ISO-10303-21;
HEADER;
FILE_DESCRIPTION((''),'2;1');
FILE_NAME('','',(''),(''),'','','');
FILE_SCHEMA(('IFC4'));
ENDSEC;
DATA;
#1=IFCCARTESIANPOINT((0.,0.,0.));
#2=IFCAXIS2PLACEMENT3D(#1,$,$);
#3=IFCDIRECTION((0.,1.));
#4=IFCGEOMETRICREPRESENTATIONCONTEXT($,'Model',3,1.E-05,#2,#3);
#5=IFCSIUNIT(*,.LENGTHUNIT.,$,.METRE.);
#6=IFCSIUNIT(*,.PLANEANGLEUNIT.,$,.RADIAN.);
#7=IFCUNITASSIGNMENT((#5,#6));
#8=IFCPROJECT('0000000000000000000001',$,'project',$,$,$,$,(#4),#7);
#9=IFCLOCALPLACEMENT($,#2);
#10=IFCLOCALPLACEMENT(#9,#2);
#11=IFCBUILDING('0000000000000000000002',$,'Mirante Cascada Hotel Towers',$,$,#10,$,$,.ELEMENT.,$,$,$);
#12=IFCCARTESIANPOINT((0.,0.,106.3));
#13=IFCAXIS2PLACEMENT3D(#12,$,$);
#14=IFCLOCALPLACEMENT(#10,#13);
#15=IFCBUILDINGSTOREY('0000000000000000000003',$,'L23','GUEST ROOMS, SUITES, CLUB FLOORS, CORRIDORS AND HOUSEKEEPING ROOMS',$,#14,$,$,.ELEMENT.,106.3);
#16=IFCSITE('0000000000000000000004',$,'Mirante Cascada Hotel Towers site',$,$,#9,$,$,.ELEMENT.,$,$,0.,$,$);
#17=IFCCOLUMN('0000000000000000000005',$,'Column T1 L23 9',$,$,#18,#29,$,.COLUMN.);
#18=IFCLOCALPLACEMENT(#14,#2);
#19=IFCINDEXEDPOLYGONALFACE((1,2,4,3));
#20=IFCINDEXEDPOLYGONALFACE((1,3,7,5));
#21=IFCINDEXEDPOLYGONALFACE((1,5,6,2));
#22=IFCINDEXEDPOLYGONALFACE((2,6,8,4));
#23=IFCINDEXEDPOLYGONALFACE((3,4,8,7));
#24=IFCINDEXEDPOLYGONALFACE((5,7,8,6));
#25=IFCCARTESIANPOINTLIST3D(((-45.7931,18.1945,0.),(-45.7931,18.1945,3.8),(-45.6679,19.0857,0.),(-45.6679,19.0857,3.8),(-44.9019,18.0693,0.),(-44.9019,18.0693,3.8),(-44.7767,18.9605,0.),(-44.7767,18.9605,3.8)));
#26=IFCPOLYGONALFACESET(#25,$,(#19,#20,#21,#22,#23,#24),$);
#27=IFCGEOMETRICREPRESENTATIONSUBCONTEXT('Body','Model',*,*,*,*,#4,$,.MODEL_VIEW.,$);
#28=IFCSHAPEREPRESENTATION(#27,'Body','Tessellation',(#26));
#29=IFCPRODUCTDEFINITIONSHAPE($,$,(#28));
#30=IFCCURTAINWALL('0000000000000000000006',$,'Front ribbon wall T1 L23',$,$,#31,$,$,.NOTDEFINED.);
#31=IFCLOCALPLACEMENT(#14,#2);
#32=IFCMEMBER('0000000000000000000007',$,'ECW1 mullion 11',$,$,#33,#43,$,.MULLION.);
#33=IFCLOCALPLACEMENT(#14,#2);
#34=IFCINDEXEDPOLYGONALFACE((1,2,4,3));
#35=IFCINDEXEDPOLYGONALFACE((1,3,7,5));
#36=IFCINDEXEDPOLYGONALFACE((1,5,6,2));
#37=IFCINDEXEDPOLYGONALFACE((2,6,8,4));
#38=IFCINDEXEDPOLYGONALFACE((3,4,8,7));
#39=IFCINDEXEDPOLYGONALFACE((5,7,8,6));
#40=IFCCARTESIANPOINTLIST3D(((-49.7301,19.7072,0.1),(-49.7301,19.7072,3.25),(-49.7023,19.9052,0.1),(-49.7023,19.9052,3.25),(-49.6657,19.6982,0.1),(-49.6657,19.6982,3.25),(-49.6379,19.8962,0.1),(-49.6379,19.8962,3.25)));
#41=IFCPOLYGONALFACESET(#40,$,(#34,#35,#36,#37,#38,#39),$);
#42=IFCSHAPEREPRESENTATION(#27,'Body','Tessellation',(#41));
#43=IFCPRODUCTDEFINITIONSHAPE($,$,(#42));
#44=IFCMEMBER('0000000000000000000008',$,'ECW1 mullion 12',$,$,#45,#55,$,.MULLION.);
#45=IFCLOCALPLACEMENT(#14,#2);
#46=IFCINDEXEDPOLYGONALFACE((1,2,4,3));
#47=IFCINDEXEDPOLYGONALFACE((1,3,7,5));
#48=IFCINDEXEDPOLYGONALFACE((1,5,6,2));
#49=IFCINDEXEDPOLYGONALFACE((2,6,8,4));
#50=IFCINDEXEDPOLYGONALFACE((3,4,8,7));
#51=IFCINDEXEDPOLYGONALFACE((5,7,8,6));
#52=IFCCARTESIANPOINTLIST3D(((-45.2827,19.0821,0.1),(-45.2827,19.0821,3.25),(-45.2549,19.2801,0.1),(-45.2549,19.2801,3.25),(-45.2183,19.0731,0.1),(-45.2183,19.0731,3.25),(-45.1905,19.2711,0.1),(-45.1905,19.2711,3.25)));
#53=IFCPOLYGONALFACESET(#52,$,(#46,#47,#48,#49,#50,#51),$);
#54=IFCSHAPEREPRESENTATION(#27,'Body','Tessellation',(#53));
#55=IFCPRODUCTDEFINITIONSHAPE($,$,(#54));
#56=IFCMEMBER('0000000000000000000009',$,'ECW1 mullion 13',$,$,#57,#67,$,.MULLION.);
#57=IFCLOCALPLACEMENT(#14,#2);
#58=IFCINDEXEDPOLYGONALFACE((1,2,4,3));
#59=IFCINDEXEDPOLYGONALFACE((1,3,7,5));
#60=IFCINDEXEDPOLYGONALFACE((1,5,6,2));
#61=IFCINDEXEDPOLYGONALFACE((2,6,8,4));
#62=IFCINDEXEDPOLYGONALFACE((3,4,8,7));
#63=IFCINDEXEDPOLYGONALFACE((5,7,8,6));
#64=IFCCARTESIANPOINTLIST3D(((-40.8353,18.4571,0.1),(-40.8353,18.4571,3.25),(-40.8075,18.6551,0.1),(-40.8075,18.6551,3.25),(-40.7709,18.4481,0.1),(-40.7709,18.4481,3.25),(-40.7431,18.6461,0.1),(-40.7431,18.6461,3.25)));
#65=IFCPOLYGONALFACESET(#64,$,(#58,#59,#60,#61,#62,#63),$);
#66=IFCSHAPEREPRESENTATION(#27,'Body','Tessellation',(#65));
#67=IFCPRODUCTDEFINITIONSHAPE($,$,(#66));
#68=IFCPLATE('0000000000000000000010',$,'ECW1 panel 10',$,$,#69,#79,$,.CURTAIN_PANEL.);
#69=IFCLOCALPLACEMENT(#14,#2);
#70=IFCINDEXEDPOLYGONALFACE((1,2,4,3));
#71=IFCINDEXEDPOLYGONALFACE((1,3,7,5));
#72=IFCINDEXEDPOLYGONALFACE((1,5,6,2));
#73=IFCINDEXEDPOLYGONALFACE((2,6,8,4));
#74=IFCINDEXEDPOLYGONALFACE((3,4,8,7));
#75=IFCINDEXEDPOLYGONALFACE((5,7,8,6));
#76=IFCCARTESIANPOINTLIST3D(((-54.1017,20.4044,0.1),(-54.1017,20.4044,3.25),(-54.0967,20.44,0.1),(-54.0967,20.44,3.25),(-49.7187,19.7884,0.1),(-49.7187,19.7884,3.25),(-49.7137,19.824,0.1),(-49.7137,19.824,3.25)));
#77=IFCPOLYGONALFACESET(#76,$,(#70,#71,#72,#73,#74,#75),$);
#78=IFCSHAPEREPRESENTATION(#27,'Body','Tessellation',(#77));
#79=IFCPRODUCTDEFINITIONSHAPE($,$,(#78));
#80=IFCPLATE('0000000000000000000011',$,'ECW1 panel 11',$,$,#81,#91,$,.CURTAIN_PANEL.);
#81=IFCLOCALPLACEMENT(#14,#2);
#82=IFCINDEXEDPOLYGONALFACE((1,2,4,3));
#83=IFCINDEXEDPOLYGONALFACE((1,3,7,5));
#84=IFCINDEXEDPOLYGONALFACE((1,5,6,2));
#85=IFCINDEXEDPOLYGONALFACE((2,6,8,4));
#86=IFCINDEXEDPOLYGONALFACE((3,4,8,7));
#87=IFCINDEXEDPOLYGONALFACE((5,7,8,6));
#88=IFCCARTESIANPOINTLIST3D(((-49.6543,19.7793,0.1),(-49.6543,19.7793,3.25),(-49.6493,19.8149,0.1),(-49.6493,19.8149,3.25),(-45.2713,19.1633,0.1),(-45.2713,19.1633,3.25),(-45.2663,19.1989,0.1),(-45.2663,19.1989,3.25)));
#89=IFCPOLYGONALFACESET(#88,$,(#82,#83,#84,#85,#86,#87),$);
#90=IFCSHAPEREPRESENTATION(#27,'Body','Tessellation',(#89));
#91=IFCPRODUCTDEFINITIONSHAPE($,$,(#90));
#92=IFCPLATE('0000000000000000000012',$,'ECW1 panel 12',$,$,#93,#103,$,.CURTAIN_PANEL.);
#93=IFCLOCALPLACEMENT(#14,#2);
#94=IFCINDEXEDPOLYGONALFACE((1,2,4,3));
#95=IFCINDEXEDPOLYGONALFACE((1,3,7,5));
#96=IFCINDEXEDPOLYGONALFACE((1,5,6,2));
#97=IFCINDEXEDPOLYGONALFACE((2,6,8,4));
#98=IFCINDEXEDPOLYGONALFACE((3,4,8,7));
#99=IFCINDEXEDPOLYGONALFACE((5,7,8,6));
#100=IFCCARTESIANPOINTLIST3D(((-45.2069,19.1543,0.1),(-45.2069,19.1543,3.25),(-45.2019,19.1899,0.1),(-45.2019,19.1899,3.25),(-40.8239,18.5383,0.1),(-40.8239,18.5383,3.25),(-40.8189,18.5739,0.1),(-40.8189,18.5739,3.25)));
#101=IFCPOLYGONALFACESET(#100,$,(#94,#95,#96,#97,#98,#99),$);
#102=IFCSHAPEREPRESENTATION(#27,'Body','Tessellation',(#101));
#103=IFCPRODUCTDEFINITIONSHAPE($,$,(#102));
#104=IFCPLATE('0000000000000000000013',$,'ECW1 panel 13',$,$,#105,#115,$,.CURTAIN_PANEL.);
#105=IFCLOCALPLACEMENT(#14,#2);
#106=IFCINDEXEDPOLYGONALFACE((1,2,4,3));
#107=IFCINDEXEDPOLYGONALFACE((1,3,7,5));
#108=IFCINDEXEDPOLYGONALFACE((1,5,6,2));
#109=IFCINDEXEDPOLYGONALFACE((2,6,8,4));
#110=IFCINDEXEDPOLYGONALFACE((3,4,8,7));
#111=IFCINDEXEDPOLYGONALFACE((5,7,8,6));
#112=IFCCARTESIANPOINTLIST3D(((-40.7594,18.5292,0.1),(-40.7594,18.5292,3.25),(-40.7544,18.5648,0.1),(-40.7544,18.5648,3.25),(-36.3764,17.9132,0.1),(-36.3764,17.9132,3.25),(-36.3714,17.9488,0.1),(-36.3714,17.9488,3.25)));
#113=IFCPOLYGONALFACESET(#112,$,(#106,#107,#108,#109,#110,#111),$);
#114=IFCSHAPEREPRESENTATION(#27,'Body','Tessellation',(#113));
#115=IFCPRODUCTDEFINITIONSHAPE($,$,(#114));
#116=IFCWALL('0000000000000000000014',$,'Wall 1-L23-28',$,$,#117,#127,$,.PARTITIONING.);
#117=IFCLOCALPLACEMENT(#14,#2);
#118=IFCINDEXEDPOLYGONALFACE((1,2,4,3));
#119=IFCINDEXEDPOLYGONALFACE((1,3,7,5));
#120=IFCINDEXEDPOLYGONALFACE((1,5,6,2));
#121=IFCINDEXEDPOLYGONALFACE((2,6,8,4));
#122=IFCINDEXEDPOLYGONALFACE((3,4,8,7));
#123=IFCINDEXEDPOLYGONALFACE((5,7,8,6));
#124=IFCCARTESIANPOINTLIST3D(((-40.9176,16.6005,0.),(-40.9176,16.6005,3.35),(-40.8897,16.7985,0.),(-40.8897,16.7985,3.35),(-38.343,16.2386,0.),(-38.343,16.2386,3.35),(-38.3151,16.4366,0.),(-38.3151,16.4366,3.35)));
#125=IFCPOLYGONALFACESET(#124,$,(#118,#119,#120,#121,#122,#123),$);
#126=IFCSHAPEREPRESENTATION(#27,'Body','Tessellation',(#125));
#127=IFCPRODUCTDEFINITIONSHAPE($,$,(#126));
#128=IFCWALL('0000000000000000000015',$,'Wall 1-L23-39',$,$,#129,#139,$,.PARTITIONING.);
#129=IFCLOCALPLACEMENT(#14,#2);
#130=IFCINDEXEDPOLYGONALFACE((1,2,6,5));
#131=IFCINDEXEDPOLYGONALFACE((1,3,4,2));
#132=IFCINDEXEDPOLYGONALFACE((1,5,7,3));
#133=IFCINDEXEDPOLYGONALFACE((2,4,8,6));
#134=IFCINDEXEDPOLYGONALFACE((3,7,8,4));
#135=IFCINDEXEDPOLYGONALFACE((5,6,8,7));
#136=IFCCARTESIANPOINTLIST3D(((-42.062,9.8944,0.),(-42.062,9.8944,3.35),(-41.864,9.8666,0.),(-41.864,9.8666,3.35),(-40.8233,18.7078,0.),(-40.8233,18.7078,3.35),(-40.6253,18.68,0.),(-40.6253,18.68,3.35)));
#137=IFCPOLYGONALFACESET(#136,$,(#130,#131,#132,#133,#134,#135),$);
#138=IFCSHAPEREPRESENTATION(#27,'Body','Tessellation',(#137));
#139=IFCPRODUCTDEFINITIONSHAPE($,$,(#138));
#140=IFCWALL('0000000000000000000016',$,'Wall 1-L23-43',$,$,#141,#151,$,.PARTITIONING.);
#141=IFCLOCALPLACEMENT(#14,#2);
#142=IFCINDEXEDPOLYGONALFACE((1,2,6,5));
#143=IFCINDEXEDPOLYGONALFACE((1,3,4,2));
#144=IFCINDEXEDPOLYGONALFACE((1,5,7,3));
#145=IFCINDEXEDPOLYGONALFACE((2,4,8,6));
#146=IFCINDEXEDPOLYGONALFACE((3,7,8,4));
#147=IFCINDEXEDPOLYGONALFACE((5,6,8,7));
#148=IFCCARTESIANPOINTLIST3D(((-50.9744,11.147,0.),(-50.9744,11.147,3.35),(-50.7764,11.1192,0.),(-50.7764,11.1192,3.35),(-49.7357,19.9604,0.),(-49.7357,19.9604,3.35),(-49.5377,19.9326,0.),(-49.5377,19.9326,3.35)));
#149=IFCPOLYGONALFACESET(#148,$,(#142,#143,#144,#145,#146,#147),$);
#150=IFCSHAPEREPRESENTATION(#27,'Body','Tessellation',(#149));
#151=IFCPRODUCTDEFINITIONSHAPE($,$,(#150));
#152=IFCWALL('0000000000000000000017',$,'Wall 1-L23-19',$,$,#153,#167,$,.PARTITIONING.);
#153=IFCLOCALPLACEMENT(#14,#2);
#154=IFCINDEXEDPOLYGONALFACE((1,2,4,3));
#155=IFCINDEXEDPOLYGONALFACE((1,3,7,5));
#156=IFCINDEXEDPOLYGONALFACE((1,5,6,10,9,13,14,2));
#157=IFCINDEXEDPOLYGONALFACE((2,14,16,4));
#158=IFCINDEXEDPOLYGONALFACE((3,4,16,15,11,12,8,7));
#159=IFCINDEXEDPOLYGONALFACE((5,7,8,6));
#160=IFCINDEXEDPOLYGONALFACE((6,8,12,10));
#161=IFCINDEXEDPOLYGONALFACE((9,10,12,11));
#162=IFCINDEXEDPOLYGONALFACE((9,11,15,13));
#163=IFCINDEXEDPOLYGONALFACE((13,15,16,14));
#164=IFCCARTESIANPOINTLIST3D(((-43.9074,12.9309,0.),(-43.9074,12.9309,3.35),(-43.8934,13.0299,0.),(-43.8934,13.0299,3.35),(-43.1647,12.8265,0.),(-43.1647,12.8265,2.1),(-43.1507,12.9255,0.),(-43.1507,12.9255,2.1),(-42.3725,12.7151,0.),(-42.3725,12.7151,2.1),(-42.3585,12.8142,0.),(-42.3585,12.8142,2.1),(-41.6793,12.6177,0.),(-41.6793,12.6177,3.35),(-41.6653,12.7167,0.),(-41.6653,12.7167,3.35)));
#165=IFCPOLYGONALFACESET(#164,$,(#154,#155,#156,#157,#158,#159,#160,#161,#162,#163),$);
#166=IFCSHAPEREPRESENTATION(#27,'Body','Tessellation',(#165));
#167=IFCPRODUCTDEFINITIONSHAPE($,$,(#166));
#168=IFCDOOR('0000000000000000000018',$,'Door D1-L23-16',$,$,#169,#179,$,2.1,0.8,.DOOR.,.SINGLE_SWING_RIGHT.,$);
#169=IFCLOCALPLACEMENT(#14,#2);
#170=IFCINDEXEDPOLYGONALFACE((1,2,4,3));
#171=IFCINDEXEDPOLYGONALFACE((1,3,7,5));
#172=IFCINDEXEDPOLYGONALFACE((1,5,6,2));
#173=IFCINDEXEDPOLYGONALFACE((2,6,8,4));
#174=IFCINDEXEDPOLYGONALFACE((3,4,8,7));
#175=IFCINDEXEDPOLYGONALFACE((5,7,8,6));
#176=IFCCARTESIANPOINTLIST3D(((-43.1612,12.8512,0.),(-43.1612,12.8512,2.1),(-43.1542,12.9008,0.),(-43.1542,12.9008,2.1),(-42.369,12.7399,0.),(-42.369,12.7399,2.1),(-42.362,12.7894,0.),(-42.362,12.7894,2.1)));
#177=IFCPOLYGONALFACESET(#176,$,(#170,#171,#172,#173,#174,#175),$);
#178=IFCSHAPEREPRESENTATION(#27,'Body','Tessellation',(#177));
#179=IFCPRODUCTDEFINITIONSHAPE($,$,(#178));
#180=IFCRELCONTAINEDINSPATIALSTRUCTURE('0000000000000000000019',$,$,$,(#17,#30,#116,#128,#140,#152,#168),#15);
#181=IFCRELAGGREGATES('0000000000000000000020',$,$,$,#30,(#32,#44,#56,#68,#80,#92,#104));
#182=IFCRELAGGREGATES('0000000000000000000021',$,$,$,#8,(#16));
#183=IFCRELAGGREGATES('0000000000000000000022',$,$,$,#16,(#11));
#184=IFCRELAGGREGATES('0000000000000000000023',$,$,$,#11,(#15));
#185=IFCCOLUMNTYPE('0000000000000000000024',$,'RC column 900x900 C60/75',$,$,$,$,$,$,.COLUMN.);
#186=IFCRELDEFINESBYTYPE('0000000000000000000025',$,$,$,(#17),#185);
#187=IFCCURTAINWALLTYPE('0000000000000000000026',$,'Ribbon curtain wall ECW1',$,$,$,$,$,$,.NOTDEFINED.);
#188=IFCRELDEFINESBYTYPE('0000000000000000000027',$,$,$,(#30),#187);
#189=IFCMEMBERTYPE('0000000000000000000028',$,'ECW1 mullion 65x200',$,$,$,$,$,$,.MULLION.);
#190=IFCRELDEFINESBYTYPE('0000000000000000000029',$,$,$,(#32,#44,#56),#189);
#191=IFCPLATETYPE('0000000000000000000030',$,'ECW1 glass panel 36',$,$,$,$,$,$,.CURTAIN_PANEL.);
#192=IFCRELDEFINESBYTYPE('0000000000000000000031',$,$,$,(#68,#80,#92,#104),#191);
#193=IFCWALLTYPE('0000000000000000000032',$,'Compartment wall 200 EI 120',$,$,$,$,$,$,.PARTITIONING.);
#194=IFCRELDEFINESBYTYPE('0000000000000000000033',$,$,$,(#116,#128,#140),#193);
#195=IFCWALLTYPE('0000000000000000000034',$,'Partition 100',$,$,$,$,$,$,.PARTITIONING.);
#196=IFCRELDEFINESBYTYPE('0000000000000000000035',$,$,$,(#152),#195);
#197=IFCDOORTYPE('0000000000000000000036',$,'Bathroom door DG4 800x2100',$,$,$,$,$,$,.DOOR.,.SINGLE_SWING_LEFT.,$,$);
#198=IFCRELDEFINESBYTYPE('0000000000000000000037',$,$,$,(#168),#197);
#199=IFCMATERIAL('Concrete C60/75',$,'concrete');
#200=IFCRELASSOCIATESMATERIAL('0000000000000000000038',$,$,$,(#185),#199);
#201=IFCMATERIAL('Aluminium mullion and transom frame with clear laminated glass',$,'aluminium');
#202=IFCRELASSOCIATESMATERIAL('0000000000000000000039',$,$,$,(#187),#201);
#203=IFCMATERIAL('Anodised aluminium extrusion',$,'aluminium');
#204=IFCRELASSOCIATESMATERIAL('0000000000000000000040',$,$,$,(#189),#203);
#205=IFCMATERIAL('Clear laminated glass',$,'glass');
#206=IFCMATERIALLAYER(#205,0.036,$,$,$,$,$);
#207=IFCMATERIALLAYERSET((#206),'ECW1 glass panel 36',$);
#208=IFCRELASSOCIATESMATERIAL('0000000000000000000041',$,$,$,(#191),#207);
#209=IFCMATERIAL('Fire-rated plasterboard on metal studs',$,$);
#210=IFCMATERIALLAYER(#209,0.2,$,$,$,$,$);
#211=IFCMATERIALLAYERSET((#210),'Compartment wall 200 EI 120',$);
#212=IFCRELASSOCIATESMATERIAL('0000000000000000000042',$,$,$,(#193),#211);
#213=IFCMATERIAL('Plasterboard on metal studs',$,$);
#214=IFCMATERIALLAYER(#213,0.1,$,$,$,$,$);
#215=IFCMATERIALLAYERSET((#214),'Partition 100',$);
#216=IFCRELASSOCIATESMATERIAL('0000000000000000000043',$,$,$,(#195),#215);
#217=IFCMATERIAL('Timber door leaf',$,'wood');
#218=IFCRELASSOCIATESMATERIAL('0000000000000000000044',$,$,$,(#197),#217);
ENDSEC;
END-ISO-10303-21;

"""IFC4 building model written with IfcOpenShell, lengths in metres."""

from ifc_helpers import new_model, si_unit, direction, frame, frame_2d, origin, origin_2d, place, context, subcontext, project, spatial, rectangle, extrude, material, layer, layer_set, material_profile, profile_set, type_object, element, fill, aggregate, save


model = new_model("IFC4")

# Units and contexts
model_context = context("Model", 3, precision=1e-05, world=origin(), true_north=direction((0.0, 1.0)))
body_context = subcontext(model_context, "Body", "Model", "MODEL_VIEW")
ifc_project = project(units=[si_unit("LENGTHUNIT", "METRE"), si_unit("PLANEANGLEUNIT", "RADIAN")], contexts=[model_context])

# Site, building, storey
site_placement = place(None, origin())
site = spatial("IfcSite", under=ifc_project, at=site_placement, Name="Mirante Cascada Hotel Towers site", CompositionType="ELEMENT", RefElevation=0.0)
building_placement = place(site_placement, origin())
building = spatial("IfcBuilding", under=site, at=building_placement, Name="Mirante Cascada Hotel Towers", CompositionType="ELEMENT")
storey_placement = place(building_placement, frame((0.0, 0.0, 106.3)))
storey = spatial("IfcBuildingStorey", under=building, at=storey_placement, Name="L23", Description="GUEST ROOMS, SUITES, CLUB FLOORS, CORRIDORS AND HOUSEKEEPING ROOMS", CompositionType="ELEMENT", Elevation=106.3)

# Column
ifc_material_1 = material(Name="Concrete C60/75", Category="concrete")
ifc_material_profile_1 = material_profile(ifc_material_1, rectangle(XDim=0.9, YDim=0.9, at=origin_2d()), Name="RC column 900x900 C60/75")
ifc_profile_set_1 = profile_set([ifc_material_profile_1], Name="Concrete C60/75")
column_type = type_object("IfcColumnType", Name="RC column 900x900 C60/75", PredefinedType="COLUMN", material=ifc_profile_set_1)
column_placement = place(storey_placement, frame((-45.2849, 18.5775, 0.0), z_axis=(0.0, 0.0, 1.0), x_axis=(-0.990268, 0.139173, 0.0)))
element("IfcColumn", 1, at=column_placement, inside=storey, type_object=column_type, Name="Column T1 L23 9", PredefinedType="COLUMN", context=body_context, shape_type="SweptSolid", body=[
    extrude(rectangle(XDim=0.9, YDim=0.9, at=origin_2d()), origin(), (0.0, 0.0, 1.0), 3.8),
])

# Curtain wall, members, plates
ifc_material_2 = material(Name="Aluminium mullion and transom frame with clear laminated glass", Category="aluminium")
curtain_wall_type = type_object("IfcCurtainWallType", Name="Ribbon curtain wall ECW1", PredefinedType="NOTDEFINED", material=ifc_material_2)
curtain_wall_placement = place(storey_placement, origin())
curtain_wall = element("IfcCurtainWall", 2, at=curtain_wall_placement, inside=storey, type_object=curtain_wall_type, Name="Front ribbon wall T1 L23", PredefinedType="NOTDEFINED")
ifc_material_3 = material(Name="Anodised aluminium extrusion", Category="aluminium")
ifc_material_profile_2 = material_profile(ifc_material_3, rectangle(XDim=0.2, YDim=0.065, at=origin_2d()), Name="ECW1 MULLION 65x200")
ifc_profile_set_2 = profile_set([ifc_material_profile_2], Name="Anodised aluminium extrusion")
member_type = type_object("IfcMemberType", Name="ECW1 mullion 65x200", PredefinedType="MULLION", material=ifc_profile_set_2)
member_1_placement = place(storey_placement, frame((-49.684, 19.8017, 0.1), z_axis=(0.0, 0.0, 1.0), x_axis=(0.139173, 0.990268, 0.0)))
member_1 = element("IfcMember", 3, at=member_1_placement, type_object=member_type, Name="ECW1 mullion 11", PredefinedType="MULLION", context=body_context, shape_type="SweptSolid", body=[
    extrude(rectangle(XDim=0.2, YDim=0.065, at=origin_2d()), origin(), (0.0, 0.0, 1.0), 3.15),
])
member_2_placement = place(storey_placement, frame((-45.2366, 19.1766, 0.1), z_axis=(0.0, 0.0, 1.0), x_axis=(0.139173, 0.990268, 0.0)))
member_2 = element("IfcMember", 4, at=member_2_placement, type_object=member_type, Name="ECW1 mullion 12", PredefinedType="MULLION", context=body_context, shape_type="SweptSolid", body=[
    extrude(rectangle(XDim=0.2, YDim=0.065, at=origin_2d()), origin(), (0.0, 0.0, 1.0), 3.15),
])
member_3_placement = place(storey_placement, frame((-40.7892, 18.5516, 0.1), z_axis=(0.0, 0.0, 1.0), x_axis=(0.139173, 0.990268, 0.0)))
member_3 = element("IfcMember", 5, at=member_3_placement, type_object=member_type, Name="ECW1 mullion 13", PredefinedType="MULLION", context=body_context, shape_type="SweptSolid", body=[
    extrude(rectangle(XDim=0.2, YDim=0.065, at=origin_2d()), origin(), (0.0, 0.0, 1.0), 3.15),
])
ifc_material_4 = material(Name="Clear laminated glass", Category="glass")
ifc_layer_1 = layer(ifc_material_4, 0.036)
ifc_layer_set_1 = layer_set([ifc_layer_1], Name="ECW1 glass panel 36")
plate_type = type_object("IfcPlateType", Name="ECW1 glass panel 36", PredefinedType="CURTAIN_PANEL", material=ifc_layer_set_1)
plate_1_placement = place(storey_placement, frame((-51.9077, 20.1142, 0.1), z_axis=(0.0, 0.0, 1.0), x_axis=(0.990268, -0.139173, 0.0)))
plate_1 = element("IfcPlate", 6, at=plate_1_placement, type_object=plate_type, Name="ECW1 panel 10", PredefinedType="CURTAIN_PANEL", context=body_context, shape_type="SweptSolid", body=[
    extrude(rectangle(XDim=4.4261, YDim=0.036, at=origin_2d()), origin(), (0.0, 0.0, 1.0), 3.15),
])
plate_2_placement = place(storey_placement, frame((-47.4603, 19.4891, 0.1), z_axis=(0.0, 0.0, 1.0), x_axis=(0.990268, -0.139173, 0.0)))
plate_2 = element("IfcPlate", 7, at=plate_2_placement, type_object=plate_type, Name="ECW1 panel 11", PredefinedType="CURTAIN_PANEL", context=body_context, shape_type="SweptSolid", body=[
    extrude(rectangle(XDim=4.4261, YDim=0.036, at=origin_2d()), origin(), (0.0, 0.0, 1.0), 3.15),
])
plate_3_placement = place(storey_placement, frame((-43.0129, 18.8641, 0.1), z_axis=(0.0, 0.0, 1.0), x_axis=(0.990268, -0.139173, 0.0)))
plate_3 = element("IfcPlate", 8, at=plate_3_placement, type_object=plate_type, Name="ECW1 panel 12", PredefinedType="CURTAIN_PANEL", context=body_context, shape_type="SweptSolid", body=[
    extrude(rectangle(XDim=4.4261, YDim=0.036, at=origin_2d()), origin(), (0.0, 0.0, 1.0), 3.15),
])
plate_4_placement = place(storey_placement, frame((-38.5654, 18.239, 0.1), z_axis=(0.0, 0.0, 1.0), x_axis=(0.990268, -0.139173, 0.0)))
plate_4 = element("IfcPlate", 9, at=plate_4_placement, type_object=plate_type, Name="ECW1 panel 13", PredefinedType="CURTAIN_PANEL", context=body_context, shape_type="SweptSolid", body=[
    extrude(rectangle(XDim=4.4261, YDim=0.036, at=origin_2d()), origin(), (0.0, 0.0, 1.0), 3.15),
])
aggregate(curtain_wall, [member_1, member_2, member_3, plate_1, plate_2, plate_3, plate_4])

# Walls
ifc_material_5 = material(Name="Fire-rated plasterboard on metal studs")
ifc_layer_2 = layer(ifc_material_5, 0.2)
ifc_layer_set_2 = layer_set([ifc_layer_2], Name="Compartment wall 200 EI 120")
wall_type_1 = type_object("IfcWallType", Name="Compartment wall 200 EI 120", PredefinedType="PARTITIONING", material=ifc_layer_set_2)
wall_1_placement = place(storey_placement, frame((-38.329, 16.3376, 0.0), z_axis=(0.0, 0.0, 1.0), x_axis=(-0.990265, 0.139197, 0.0)))
element("IfcWall", 10, at=wall_1_placement, inside=storey, type_object=wall_type_1, Name="Wall 1-L23-28", PredefinedType="PARTITIONING", context=body_context, shape_type="SweptSolid", body=[
    extrude(rectangle(XDim=2.5999, YDim=0.2, at=frame_2d((1.3, 0.0))), origin(), (0.0, 0.0, 1.0), 3.35),
])
for number, where, z_axis, x_axis, name in (
    (11, (-40.7243, 18.6939, 0.0), (0.0, 0.0, 1.0), (-0.139179, -0.990267, 0.0), "Wall 1-L23-39"),
    (12, (-49.6367, 19.9465, 0.0), (0.0, 0.0, 1.0), (-0.139179, -0.990267, 0.0), "Wall 1-L23-43"),
):
    element("IfcWall", number, at=place(storey_placement, frame(where, z_axis=z_axis, x_axis=x_axis)), inside=storey, type_object=wall_type_1, Name=name, PredefinedType="PARTITIONING", context=body_context, shape_type="SweptSolid", body=[
        extrude(rectangle(XDim=8.9, YDim=0.2, at=frame_2d((4.45, 0.0))), origin(), (0.0, 0.0, 1.0), 3.35),
    ])

# Wall, opening, door
ifc_material_6 = material(Name="Plasterboard on metal studs")
ifc_layer_3 = layer(ifc_material_6, 0.1)
ifc_layer_set_3 = layer_set([ifc_layer_3], Name="Partition 100")
wall_type_2 = type_object("IfcWallType", Name="Partition 100", PredefinedType="PARTITIONING", material=ifc_layer_set_3)
wall_2_placement = place(storey_placement, frame((-43.9004, 12.9804, 0.0), z_axis=(0.0, 0.0, 1.0), x_axis=(0.990264, -0.1392, 0.0)))
wall_2 = element("IfcWall", 13, at=wall_2_placement, inside=storey, type_object=wall_type_2, Name="Wall 1-L23-19", PredefinedType="PARTITIONING", context=body_context, shape_type="SweptSolid", body=[
    extrude(rectangle(XDim=2.25, YDim=0.1, at=frame_2d((1.125, 0.0))), origin(), (0.0, 0.0, 1.0), 3.35),
])
opening_1_placement = place(wall_2_placement, frame((0.75, 0.0, 0.0)))
opening_1 = element("IfcOpeningElement", 14, at=opening_1_placement, cuts=wall_2, PredefinedType="OPENING", context=body_context, shape_type="SweptSolid", body=[
    extrude(rectangle(XDim=0.8, YDim=2.1, at=frame_2d((0.4, 1.05))), frame((0.0, 0.05, 0.0), z_axis=(0.0, -1.0, 0.0), x_axis=(1.0, 0.0, 0.0)), (0.0, 0.0, 1.0), 0.1),
])
ifc_material_7 = material(Name="Timber door leaf", Category="wood")
door_type = type_object("IfcDoorType", Name="Bathroom door DG4 800x2100", OperationType="SINGLE_SWING_LEFT", PredefinedType="DOOR", material=ifc_material_7)
door_1_placement = place(opening_1_placement, frame((0.8, 0.0, 0.0), z_axis=(0.0, 0.0, 1.0), x_axis=(-1.0, 0.0, 0.0)))
door_1 = element("IfcDoor", 15, at=door_1_placement, inside=storey, type_object=door_type, Name="Door D1-L23-16", OperationType="SINGLE_SWING_RIGHT", OverallHeight=2.1, OverallWidth=0.8, PredefinedType="DOOR", context=body_context, shape_type="SweptSolid", body=[
    extrude(rectangle(XDim=0.8, YDim=2.1, at=frame_2d((0.4, 1.05))), frame((0.0, 0.025, 0.0), z_axis=(0.0, -1.0, 0.0), x_axis=(1.0, 0.0, 0.0)), (0.0, 0.0, 1.0), 0.05),
])
fill(opening_1, door_1)

save(model, "model.ifc")
